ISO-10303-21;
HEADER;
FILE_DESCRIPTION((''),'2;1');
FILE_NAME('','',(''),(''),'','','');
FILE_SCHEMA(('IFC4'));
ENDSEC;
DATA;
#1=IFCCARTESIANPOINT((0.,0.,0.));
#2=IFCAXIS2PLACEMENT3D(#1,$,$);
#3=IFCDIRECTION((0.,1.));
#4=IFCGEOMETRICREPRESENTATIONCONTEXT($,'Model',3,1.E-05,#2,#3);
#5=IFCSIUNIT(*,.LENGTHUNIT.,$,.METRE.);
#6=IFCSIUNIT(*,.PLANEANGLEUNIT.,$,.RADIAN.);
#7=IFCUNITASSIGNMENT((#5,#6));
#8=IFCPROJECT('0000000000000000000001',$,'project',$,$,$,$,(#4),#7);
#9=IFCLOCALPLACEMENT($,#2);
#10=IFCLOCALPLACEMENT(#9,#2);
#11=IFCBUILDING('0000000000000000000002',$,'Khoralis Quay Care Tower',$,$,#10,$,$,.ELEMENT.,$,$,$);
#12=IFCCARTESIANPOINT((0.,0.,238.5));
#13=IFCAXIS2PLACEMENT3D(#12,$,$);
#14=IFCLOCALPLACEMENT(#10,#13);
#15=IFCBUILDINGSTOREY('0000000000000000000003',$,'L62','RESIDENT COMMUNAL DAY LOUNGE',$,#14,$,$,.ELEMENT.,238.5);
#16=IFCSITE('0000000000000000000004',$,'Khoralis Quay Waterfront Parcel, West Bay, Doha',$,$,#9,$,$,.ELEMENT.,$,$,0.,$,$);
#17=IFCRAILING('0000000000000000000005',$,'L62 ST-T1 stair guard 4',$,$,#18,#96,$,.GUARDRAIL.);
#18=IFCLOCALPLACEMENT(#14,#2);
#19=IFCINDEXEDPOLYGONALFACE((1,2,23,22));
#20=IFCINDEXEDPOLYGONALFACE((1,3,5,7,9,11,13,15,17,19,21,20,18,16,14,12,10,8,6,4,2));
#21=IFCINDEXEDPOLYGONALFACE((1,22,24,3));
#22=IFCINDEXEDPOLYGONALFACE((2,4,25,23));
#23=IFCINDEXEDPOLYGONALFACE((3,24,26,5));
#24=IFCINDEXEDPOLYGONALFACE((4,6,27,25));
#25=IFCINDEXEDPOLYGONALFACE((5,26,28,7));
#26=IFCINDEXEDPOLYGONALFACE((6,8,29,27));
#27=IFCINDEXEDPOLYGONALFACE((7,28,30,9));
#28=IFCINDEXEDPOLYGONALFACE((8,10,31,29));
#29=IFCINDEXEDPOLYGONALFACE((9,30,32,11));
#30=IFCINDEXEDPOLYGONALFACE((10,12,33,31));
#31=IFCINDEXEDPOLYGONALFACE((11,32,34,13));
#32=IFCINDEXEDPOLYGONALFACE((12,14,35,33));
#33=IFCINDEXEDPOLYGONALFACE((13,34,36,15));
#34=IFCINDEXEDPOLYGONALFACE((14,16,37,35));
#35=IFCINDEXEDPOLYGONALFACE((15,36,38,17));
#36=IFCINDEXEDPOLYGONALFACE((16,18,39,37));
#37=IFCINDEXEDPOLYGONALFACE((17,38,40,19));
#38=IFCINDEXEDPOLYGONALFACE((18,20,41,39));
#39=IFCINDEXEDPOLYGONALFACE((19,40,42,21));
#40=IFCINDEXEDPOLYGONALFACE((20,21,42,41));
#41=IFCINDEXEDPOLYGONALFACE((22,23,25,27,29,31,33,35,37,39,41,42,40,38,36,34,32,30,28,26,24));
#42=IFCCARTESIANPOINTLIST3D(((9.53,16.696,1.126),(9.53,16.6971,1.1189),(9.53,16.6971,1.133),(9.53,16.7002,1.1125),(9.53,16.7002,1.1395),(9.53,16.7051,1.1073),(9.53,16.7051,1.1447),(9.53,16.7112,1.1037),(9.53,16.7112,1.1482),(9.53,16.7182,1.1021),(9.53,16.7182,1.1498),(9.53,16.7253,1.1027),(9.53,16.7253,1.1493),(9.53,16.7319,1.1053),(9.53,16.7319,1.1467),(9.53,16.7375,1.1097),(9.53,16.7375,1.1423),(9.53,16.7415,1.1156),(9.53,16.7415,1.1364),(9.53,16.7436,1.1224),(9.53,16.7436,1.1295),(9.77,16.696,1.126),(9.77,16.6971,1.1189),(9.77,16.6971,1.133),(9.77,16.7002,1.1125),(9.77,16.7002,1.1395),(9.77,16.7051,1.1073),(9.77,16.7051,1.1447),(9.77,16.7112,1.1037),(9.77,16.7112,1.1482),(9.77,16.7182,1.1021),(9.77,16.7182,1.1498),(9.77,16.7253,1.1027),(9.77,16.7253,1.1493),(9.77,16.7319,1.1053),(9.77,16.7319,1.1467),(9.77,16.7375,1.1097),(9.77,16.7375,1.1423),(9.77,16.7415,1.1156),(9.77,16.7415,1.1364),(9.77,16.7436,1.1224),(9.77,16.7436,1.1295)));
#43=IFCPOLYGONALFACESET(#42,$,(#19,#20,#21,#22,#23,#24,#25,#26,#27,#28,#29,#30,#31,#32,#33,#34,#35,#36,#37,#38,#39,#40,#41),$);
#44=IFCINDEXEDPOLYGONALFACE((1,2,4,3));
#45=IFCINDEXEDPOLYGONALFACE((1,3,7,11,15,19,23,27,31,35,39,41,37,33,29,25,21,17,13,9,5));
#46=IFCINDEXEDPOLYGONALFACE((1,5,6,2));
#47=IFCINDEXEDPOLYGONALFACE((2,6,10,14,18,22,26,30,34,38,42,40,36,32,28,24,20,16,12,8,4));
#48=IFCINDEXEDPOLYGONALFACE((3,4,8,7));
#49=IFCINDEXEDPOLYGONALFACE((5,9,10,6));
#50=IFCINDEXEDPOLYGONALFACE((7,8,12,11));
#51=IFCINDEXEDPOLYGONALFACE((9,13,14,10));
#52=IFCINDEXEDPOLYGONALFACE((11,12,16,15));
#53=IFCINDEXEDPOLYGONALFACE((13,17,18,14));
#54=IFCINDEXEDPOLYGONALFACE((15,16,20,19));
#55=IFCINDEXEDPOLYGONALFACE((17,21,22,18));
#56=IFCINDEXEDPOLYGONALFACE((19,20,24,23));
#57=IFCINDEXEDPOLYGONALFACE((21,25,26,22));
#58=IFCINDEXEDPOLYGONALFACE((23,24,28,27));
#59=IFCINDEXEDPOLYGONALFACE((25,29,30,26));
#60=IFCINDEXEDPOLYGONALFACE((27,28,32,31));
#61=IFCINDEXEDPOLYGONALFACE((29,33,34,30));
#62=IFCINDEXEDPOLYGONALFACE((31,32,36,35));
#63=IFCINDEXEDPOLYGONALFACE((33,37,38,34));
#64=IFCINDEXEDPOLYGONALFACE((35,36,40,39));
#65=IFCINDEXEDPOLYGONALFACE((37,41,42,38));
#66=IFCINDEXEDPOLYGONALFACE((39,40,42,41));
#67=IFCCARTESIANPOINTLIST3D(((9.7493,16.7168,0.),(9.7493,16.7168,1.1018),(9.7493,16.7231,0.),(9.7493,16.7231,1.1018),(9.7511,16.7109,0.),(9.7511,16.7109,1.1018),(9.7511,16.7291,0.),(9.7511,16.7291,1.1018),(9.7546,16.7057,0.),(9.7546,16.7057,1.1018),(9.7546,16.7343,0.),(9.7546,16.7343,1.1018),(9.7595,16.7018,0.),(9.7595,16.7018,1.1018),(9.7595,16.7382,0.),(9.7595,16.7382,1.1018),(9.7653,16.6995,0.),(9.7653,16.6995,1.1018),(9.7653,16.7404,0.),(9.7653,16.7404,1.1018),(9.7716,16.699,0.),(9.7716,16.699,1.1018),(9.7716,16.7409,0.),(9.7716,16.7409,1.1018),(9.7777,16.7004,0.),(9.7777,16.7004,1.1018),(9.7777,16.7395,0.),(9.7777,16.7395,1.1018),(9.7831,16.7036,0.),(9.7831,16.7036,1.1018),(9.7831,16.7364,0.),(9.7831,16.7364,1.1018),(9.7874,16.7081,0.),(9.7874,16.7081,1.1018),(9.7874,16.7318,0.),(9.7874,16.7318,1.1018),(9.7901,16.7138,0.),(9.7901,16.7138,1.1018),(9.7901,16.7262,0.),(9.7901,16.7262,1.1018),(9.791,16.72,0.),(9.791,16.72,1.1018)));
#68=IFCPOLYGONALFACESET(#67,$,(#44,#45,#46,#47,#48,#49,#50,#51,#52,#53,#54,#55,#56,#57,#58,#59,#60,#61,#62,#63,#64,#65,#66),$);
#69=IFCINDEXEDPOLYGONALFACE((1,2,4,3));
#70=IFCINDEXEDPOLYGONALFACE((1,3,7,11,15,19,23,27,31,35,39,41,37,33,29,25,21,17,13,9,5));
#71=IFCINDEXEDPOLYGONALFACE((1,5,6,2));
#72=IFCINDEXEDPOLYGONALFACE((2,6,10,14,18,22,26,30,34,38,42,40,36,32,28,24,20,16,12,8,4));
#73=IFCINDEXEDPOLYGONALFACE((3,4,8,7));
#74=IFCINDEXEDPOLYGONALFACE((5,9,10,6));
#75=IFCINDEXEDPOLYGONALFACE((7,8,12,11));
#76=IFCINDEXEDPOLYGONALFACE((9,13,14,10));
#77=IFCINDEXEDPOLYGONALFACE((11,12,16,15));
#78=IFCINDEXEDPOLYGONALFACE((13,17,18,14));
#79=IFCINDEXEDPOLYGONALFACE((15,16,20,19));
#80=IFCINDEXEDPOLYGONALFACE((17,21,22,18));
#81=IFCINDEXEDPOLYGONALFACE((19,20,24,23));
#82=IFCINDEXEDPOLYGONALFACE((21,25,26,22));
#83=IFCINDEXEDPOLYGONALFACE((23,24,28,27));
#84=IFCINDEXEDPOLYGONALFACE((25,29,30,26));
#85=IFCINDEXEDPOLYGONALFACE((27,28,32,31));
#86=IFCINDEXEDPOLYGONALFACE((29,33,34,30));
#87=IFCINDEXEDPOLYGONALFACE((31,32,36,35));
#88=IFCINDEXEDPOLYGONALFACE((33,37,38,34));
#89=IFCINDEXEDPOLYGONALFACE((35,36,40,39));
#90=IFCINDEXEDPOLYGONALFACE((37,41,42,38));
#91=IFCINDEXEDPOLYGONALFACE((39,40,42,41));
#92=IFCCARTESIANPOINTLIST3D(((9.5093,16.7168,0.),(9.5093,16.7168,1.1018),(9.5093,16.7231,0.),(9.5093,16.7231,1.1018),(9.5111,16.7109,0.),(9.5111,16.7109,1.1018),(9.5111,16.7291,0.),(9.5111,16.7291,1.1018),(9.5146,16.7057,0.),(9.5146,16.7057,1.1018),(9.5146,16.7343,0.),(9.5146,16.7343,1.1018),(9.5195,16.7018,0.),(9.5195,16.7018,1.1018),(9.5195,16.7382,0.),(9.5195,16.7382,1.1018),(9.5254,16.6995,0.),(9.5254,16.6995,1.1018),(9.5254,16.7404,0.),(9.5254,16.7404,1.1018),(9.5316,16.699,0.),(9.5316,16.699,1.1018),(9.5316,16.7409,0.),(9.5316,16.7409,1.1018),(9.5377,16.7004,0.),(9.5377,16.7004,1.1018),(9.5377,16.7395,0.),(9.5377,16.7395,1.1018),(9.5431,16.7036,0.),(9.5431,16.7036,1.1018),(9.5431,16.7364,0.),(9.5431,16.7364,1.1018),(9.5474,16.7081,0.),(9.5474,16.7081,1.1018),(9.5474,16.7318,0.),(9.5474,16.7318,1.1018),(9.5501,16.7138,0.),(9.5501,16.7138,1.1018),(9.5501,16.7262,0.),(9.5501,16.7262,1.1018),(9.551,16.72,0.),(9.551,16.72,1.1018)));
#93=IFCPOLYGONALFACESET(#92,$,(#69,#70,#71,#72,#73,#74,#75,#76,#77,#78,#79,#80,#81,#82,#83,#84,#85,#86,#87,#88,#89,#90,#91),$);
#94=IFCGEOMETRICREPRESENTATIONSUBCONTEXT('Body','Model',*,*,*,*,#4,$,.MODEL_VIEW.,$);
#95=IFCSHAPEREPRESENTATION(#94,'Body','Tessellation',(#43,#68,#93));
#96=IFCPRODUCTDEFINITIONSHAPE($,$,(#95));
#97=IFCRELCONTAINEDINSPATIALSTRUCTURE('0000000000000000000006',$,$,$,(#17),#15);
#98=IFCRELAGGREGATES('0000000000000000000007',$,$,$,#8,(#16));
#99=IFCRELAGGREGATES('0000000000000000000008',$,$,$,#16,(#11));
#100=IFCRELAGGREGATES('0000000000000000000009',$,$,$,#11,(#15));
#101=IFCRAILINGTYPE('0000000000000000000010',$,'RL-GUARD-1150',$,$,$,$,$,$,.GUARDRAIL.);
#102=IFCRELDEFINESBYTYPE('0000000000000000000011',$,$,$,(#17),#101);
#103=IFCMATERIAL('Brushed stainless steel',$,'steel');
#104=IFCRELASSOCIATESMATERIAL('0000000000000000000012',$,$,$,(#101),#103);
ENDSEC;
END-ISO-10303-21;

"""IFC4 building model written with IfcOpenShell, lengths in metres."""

from ifc_helpers import new_model, si_unit, direction, frame, origin, origin_2d, place, context, subcontext, project, spatial, circle, extrude, material, type_object, element, save


model = new_model("IFC4")

# Units and contexts
model_context = context("Model", 3, precision=1e-05, world=origin(), true_north=direction((0.0, 1.0)))
body_context = subcontext(model_context, "Body", "Model", "MODEL_VIEW")
ifc_project = project(units=[si_unit("LENGTHUNIT", "METRE"), si_unit("PLANEANGLEUNIT", "RADIAN")], contexts=[model_context])

# Site, building, storey
site_placement = place(None, origin())
site = spatial("IfcSite", under=ifc_project, at=site_placement, Name="Khoralis Quay Waterfront Parcel, West Bay, Doha", CompositionType="ELEMENT", RefElevation=0.0)
building_placement = place(site_placement, origin())
building = spatial("IfcBuilding", under=site, at=building_placement, Name="Khoralis Quay Care Tower", CompositionType="ELEMENT")
storey_placement = place(building_placement, frame((0.0, 0.0, 238.5)))
storey = spatial("IfcBuildingStorey", under=building, at=storey_placement, Name="L62", Description="RESIDENT COMMUNAL DAY LOUNGE", CompositionType="ELEMENT", Elevation=238.5)

# Shared definitions
ifc_material_1 = material(Name="Brushed stainless steel", Category="steel")

# Railing
railing_type = type_object("IfcRailingType", Name="RL-GUARD-1150", PredefinedType="GUARDRAIL", material=ifc_material_1)
railing_1_placement = place(storey_placement, frame((9.77, 16.72, 0.0)))
element("IfcRailing", 1, at=railing_1_placement, inside=storey, type_object=railing_type, Name="L62 ST-T1 stair guard 4", PredefinedType="GUARDRAIL", context=body_context, shape_type="SweptSolid", body=[
    extrude(circle(Radius=0.0239, at=origin_2d()), frame((0.0, 0.0, 1.126), z_axis=(-1.0, 0.0, 0.0), x_axis=(0.0, -1.0, 0.0)), (0.0, 0.0, 1.0), 0.24),
    extrude(circle(Radius=0.021, at=origin_2d()), origin(), (0.0, 0.0, 1.0), 1.1018),
    extrude(circle(Radius=0.021, at=origin_2d()), frame((-0.24, 0.0, 0.0)), (0.0, 0.0, 1.0), 1.1018),
])

save(model, "model.ifc")
